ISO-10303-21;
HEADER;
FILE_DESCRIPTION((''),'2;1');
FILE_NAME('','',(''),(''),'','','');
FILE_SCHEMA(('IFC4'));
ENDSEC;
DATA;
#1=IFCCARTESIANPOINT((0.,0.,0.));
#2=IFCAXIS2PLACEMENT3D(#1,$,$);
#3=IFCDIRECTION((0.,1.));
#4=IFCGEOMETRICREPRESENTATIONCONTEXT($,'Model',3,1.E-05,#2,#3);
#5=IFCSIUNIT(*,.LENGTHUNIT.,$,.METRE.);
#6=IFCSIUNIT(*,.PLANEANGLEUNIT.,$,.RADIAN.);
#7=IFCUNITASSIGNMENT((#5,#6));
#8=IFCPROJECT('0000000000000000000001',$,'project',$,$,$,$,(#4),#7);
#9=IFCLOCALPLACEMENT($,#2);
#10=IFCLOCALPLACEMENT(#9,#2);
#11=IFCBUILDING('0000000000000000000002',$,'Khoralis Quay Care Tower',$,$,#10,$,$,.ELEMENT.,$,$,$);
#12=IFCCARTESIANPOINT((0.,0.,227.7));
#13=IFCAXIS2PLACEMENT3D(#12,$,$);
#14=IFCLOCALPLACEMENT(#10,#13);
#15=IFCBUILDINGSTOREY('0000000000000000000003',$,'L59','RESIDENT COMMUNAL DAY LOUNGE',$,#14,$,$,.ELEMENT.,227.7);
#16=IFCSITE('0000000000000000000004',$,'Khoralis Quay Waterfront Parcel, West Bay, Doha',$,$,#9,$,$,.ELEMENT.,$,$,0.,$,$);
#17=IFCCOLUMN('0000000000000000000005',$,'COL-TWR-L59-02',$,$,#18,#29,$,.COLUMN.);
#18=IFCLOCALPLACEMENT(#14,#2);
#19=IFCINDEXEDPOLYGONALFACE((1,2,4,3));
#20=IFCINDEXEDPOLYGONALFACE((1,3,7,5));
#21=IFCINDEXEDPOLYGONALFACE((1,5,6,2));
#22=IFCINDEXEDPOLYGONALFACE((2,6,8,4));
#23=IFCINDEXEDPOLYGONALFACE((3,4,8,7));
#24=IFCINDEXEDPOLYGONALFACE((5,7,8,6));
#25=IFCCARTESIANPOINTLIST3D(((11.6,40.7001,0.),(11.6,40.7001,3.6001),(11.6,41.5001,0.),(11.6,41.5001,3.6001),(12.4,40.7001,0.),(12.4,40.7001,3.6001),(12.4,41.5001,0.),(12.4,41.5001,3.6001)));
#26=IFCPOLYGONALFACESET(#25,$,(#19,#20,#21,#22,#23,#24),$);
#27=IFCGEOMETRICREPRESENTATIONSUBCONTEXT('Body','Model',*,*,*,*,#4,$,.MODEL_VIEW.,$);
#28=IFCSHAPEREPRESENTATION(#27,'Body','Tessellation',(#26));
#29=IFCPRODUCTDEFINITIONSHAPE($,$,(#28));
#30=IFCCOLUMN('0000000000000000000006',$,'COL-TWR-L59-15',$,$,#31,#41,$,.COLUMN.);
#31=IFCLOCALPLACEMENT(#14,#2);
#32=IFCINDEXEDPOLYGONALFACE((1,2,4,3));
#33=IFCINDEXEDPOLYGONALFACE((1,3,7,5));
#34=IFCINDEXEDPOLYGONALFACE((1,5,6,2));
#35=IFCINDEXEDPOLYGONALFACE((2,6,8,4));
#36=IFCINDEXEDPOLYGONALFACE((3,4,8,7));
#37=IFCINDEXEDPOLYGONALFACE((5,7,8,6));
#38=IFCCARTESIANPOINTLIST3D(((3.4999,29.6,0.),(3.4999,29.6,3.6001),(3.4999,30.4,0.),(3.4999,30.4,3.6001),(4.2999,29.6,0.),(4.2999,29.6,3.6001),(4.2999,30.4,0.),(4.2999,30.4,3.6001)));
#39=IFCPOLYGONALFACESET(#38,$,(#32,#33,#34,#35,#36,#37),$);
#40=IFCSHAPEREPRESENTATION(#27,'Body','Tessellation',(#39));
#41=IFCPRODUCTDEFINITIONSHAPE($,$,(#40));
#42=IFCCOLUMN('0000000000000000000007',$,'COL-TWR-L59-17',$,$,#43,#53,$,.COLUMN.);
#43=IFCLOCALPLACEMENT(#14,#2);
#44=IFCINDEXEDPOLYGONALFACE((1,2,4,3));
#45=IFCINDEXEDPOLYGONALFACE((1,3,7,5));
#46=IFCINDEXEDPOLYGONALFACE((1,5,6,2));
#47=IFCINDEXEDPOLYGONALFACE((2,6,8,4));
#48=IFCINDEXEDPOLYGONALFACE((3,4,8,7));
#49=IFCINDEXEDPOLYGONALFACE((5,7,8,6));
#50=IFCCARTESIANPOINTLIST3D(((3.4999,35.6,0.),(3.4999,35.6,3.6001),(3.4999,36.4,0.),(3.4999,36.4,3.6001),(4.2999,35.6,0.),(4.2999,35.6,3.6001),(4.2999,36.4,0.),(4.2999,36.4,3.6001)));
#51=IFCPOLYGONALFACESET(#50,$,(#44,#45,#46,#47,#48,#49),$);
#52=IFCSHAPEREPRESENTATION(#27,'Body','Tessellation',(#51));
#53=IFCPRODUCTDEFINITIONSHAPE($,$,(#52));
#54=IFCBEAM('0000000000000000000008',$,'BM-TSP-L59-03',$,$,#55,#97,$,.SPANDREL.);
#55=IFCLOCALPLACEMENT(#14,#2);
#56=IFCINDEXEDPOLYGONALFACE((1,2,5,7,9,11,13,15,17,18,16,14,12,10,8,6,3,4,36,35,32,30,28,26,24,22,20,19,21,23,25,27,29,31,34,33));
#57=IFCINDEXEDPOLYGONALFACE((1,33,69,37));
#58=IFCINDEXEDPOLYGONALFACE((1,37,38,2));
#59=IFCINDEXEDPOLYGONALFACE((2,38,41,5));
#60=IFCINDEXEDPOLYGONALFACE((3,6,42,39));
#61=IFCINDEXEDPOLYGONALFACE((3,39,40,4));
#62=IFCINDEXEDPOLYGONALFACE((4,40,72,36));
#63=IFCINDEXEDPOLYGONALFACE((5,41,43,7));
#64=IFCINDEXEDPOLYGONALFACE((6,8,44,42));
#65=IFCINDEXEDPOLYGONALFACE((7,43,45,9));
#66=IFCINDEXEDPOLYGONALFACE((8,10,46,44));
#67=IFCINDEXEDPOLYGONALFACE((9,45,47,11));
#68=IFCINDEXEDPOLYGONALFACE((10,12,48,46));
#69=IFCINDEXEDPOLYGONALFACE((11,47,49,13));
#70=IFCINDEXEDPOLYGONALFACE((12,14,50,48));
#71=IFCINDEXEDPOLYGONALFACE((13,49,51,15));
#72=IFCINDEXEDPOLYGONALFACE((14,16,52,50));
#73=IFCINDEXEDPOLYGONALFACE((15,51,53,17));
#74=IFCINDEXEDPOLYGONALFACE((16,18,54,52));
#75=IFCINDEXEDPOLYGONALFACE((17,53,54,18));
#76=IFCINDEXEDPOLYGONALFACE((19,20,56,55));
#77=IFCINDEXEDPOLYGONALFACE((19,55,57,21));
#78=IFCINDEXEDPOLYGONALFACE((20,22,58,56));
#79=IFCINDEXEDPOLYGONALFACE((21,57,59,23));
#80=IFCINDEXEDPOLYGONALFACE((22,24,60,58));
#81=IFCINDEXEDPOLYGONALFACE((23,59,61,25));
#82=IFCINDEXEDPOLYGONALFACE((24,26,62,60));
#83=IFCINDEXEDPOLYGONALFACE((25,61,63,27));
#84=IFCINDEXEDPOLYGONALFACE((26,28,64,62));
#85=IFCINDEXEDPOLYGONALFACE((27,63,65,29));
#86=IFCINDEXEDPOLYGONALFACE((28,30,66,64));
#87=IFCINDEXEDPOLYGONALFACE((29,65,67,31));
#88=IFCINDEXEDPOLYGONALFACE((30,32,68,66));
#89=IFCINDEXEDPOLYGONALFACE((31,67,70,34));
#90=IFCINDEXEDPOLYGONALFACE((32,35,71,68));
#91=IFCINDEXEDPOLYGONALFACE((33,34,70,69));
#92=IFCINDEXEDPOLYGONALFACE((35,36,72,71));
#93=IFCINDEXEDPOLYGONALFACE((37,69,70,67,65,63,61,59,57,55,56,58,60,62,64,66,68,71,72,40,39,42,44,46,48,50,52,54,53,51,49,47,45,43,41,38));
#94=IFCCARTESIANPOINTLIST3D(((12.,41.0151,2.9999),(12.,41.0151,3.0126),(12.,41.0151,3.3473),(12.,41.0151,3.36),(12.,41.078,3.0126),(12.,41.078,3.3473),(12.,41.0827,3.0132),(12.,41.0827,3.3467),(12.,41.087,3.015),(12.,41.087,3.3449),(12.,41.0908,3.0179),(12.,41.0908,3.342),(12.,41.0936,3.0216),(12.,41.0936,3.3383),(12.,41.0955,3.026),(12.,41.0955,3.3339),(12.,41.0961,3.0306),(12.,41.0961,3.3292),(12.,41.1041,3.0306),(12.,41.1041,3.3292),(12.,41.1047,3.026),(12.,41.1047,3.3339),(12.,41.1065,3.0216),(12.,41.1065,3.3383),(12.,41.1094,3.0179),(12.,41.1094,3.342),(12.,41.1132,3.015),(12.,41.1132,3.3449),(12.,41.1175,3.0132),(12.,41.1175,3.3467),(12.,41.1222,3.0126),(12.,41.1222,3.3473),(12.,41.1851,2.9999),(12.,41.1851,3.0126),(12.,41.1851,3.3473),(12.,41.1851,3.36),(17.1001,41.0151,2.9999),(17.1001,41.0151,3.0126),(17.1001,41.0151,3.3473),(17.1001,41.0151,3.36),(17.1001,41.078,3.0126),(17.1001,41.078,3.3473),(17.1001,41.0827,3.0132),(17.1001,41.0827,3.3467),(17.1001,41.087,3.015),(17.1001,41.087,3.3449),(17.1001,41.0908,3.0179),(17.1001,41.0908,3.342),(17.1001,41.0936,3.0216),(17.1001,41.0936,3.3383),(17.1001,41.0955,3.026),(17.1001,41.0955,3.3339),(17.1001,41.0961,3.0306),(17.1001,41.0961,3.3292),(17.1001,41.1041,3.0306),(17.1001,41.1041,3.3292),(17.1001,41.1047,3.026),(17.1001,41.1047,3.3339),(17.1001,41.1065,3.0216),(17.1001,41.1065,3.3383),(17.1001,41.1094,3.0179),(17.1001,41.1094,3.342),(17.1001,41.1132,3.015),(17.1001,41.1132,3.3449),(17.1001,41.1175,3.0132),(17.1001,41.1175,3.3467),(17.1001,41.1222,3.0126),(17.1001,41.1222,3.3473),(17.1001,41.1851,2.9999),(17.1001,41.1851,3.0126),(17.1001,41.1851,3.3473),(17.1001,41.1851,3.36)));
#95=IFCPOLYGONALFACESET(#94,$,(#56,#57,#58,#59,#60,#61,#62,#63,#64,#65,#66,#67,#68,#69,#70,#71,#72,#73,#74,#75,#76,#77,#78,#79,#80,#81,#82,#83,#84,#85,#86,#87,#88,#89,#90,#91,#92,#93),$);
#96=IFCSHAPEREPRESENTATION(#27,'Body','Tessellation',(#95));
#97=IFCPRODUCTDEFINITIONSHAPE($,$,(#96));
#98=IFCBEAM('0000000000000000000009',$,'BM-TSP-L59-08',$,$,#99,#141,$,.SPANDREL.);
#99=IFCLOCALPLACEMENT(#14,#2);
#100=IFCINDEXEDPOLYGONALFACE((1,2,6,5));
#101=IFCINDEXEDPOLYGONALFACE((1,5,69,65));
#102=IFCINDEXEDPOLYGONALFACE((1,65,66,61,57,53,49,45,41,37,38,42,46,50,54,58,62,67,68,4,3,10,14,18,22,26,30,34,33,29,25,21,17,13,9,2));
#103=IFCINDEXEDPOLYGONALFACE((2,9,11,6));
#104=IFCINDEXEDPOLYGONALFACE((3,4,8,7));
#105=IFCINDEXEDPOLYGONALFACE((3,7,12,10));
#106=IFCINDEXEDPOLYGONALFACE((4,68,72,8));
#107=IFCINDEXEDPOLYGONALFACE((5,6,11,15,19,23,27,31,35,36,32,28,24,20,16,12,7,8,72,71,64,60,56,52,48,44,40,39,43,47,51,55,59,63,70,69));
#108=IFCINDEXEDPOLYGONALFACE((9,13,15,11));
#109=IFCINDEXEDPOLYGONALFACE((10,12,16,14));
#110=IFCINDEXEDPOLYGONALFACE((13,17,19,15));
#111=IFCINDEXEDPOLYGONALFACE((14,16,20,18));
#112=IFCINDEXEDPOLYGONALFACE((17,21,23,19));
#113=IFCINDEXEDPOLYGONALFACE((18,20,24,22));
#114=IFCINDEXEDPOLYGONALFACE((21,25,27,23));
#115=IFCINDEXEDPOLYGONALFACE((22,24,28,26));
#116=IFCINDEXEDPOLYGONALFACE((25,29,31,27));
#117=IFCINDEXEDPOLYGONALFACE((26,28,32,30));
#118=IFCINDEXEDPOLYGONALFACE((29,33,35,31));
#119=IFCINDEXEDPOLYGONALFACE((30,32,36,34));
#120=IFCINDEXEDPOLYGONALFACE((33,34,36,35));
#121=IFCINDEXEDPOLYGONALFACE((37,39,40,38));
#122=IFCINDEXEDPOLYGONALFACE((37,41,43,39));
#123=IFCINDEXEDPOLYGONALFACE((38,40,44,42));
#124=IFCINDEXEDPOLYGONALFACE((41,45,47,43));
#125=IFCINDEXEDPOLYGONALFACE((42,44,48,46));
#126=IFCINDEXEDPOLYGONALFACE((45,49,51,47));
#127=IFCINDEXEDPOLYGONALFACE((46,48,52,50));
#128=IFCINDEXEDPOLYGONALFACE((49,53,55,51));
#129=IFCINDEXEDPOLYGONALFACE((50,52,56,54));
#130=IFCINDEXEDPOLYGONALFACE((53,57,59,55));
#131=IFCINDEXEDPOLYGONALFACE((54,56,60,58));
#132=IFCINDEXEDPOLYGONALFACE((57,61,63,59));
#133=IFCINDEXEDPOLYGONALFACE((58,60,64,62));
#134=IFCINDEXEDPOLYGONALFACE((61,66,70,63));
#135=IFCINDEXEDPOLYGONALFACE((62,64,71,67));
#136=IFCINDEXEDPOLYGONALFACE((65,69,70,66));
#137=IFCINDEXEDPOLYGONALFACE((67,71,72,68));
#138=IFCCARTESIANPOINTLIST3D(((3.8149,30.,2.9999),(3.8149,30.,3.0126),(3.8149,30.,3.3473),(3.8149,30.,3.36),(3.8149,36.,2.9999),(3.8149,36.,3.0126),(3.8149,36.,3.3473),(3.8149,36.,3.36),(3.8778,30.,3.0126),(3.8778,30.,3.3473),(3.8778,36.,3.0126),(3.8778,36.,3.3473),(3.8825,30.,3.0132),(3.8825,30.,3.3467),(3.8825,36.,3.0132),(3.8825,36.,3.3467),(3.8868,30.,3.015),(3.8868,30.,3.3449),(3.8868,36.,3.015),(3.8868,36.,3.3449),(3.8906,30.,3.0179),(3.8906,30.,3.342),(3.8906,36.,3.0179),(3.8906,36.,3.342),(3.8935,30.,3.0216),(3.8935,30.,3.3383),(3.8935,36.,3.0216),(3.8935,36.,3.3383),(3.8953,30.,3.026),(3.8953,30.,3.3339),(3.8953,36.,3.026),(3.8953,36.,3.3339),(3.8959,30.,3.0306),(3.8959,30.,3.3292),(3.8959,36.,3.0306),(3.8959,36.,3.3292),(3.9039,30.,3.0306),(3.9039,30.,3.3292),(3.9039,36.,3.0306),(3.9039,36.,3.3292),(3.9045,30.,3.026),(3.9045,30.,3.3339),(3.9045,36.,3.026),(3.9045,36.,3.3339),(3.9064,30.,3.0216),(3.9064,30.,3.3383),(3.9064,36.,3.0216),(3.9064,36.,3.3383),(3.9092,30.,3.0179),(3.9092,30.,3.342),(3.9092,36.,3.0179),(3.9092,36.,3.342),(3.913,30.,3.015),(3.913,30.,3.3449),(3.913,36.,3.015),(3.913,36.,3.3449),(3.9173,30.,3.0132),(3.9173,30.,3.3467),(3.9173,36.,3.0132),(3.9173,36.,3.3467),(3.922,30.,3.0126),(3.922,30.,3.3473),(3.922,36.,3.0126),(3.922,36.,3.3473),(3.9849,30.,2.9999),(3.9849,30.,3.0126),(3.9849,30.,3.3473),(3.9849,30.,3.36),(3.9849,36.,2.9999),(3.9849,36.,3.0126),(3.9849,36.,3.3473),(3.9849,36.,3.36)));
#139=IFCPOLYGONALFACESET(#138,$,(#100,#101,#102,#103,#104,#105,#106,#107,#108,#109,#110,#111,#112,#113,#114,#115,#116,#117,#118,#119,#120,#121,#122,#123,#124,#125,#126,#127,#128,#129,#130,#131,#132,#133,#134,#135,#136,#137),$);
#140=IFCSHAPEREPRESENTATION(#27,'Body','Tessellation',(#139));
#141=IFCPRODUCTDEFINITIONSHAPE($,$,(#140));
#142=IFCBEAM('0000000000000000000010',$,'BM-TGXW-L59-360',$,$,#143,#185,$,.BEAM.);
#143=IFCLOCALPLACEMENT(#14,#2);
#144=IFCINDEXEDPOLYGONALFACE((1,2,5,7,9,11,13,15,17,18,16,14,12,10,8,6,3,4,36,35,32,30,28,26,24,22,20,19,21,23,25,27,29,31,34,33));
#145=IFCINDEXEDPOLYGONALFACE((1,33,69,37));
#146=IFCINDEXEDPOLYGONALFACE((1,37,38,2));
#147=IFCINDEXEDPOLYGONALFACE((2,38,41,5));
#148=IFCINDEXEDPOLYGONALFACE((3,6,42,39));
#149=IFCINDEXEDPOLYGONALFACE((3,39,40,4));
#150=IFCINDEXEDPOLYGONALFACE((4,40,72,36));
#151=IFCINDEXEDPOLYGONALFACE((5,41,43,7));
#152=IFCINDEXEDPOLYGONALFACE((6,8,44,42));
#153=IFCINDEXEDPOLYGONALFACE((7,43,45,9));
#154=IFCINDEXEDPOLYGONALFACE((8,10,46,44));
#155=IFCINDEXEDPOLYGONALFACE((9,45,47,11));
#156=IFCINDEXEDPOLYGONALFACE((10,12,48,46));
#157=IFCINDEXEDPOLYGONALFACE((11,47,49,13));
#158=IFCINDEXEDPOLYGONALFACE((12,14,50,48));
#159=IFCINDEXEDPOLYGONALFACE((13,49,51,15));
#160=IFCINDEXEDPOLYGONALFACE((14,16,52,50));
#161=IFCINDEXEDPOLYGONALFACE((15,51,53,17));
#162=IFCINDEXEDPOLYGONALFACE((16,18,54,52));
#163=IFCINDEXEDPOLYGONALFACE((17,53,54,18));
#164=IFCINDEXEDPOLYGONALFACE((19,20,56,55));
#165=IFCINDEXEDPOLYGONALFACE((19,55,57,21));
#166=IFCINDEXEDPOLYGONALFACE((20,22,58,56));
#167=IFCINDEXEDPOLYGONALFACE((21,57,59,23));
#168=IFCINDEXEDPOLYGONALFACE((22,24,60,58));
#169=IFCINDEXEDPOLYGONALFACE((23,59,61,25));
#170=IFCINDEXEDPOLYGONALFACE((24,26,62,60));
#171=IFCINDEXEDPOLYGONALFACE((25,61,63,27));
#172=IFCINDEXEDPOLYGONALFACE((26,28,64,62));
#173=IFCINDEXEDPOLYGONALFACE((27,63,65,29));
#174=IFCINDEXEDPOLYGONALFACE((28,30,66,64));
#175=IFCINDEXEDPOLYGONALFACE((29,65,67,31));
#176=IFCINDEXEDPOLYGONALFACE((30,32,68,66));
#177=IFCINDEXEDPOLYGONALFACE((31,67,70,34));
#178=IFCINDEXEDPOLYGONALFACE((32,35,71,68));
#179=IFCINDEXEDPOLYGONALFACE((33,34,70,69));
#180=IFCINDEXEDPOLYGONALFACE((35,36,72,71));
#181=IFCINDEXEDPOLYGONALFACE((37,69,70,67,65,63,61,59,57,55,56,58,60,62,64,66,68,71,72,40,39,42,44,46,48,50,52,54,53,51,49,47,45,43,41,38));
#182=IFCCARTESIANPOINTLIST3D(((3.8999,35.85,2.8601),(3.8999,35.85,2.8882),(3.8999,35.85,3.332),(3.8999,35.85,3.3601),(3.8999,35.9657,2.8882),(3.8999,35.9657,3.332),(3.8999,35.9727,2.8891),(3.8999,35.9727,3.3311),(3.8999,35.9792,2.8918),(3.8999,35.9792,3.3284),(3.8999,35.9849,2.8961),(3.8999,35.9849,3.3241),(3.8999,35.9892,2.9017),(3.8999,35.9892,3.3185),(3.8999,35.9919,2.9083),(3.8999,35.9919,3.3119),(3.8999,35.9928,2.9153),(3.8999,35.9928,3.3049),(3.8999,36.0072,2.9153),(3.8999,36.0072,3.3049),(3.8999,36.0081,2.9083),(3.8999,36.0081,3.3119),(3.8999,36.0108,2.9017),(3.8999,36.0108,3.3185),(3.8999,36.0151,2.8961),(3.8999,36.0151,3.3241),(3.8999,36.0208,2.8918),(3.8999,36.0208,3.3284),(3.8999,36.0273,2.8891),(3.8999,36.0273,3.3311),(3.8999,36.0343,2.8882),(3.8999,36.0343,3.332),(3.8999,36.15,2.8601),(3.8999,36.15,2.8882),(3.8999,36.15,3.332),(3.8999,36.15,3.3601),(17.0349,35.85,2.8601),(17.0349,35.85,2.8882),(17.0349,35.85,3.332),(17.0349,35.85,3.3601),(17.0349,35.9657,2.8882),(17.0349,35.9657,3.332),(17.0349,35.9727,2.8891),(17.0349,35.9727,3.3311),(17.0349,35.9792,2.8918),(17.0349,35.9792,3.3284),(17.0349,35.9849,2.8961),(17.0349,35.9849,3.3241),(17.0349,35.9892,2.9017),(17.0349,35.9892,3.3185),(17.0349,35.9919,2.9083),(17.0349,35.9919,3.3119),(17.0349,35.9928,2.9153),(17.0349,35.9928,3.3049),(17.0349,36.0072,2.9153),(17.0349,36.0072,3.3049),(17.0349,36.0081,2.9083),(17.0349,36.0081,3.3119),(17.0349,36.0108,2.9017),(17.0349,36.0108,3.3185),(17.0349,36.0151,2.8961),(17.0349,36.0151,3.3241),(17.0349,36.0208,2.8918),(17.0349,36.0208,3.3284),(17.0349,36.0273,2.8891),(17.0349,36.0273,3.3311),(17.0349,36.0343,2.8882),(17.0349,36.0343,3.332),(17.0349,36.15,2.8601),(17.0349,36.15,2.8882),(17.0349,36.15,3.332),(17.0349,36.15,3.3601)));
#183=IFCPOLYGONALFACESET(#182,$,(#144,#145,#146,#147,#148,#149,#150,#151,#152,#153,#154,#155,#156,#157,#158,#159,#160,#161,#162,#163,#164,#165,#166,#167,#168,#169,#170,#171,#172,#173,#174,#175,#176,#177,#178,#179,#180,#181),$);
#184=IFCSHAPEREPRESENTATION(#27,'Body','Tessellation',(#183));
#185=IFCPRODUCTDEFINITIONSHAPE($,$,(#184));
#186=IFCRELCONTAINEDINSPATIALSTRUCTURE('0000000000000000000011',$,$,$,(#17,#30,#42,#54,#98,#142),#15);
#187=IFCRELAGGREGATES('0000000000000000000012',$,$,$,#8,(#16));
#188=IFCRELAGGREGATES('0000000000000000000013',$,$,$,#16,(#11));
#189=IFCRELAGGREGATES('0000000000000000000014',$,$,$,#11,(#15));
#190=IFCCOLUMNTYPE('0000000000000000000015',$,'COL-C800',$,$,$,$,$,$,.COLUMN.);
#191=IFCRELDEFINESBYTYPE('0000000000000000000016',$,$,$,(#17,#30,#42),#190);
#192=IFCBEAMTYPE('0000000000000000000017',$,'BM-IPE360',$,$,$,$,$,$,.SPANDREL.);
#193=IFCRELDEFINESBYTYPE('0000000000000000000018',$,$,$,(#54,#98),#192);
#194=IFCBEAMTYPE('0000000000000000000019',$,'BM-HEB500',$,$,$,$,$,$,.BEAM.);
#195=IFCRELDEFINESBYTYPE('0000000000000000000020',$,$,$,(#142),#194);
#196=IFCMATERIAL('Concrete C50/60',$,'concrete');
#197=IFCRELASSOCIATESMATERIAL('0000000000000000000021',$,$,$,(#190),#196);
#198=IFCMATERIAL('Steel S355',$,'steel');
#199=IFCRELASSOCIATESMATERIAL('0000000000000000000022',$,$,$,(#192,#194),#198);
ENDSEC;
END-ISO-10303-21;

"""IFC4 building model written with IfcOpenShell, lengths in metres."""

from ifc_helpers import new_model, si_unit, direction, frame, origin, origin_2d, place, context, subcontext, project, spatial, rectangle, i_section, extrude, source, transform, mapped, material, material_profile, profile_set, type_object, element, save


model = new_model("IFC4")

# Units and contexts
model_context = context("Model", 3, precision=1e-05, world=origin(), true_north=direction((0.0, 1.0)))
body_context = subcontext(model_context, "Body", "Model", "MODEL_VIEW")
ifc_project = project(units=[si_unit("LENGTHUNIT", "METRE"), si_unit("PLANEANGLEUNIT", "RADIAN")], contexts=[model_context])

# Site, building, storey
site_placement = place(None, origin())
site = spatial("IfcSite", under=ifc_project, at=site_placement, Name="Khoralis Quay Waterfront Parcel, West Bay, Doha", CompositionType="ELEMENT", RefElevation=0.0)
building_placement = place(site_placement, origin())
building = spatial("IfcBuilding", under=site, at=building_placement, Name="Khoralis Quay Care Tower", CompositionType="ELEMENT")
storey_placement = place(building_placement, frame((0.0, 0.0, 227.7)))
storey = spatial("IfcBuildingStorey", under=building, at=storey_placement, Name="L59", Description="RESIDENT COMMUNAL DAY LOUNGE", CompositionType="ELEMENT", Elevation=227.7)

# Columns
ifc_material_1 = material(Name="Concrete C50/60", Category="concrete")
ifc_material_profile_1 = material_profile(ifc_material_1, rectangle(XDim=0.8, YDim=0.8, at=origin_2d()), Name="Concrete C50/60")
ifc_profile_set_1 = profile_set([ifc_material_profile_1], Name="Concrete C50/60")
column_type = type_object("IfcColumnType", Name="COL-C800", PredefinedType="COLUMN", material=ifc_profile_set_1)
shared_shape_1 = source(origin(), body_context, "Body", "SweptSolid", [
    extrude(rectangle(XDim=0.8, YDim=0.8, at=origin_2d()), origin(), (0.0, 0.0, 1.0), 3.6001),
])
for number, where, z_axis, x_axis, name in (
    (1, (12.0, 41.1001, 0.0), (0.0, 0.0, 1.0), (1.0, 0.0, 0.0), "COL-TWR-L59-02"),
    (2, (3.8999, 30.0, 0.0), (0.0, 0.0, 1.0), (1.0, 0.0, 0.0), "COL-TWR-L59-15"),
    (3, (3.8999, 36.0, 0.0), (0.0, 0.0, 1.0), (1.0, 0.0, 0.0), "COL-TWR-L59-17"),
):
    element("IfcColumn", number, at=place(storey_placement, frame(where, z_axis=z_axis, x_axis=x_axis)), inside=storey, type_object=column_type, Name=name, PredefinedType="COLUMN", context=body_context, shape_type="MappedRepresentation", body=[
        mapped(shared_shape_1, transform((0.0, 0.0, 0.0), scale=1.0)),
    ])

# Beams
ifc_material_2 = material(Name="Steel S355", Category="steel")
ifc_material_profile_2 = material_profile(ifc_material_2, i_section(OverallWidth=0.1699, OverallDepth=0.3601, WebThickness=0.0081, FlangeThickness=0.0127, FilletRadius=0.0181, at=origin_2d()), Name="Steel S355")
ifc_profile_set_2 = profile_set([ifc_material_profile_2], Name="Steel S355")
beam_type_1 = type_object("IfcBeamType", Name="BM-IPE360", PredefinedType="SPANDREL", material=ifc_profile_set_2)
shared_shape_2 = source(origin(), body_context, "Body", "SweptSolid", [
    extrude(i_section(OverallWidth=0.1699, OverallDepth=0.3601, WebThickness=0.0081, FlangeThickness=0.0127, FilletRadius=0.0181, at=origin_2d()), origin(), (0.0, 0.0, 1.0), 5.1001),
])
beam_1_placement = place(storey_placement, frame((12.0, 41.1001, 3.1799), z_axis=(1.0, 0.0, 0.0), x_axis=(0.0, 1.0, 0.0)))
element("IfcBeam", 4, at=beam_1_placement, inside=storey, type_object=beam_type_1, Name="BM-TSP-L59-03", PredefinedType="SPANDREL", context=body_context, shape_type="MappedRepresentation", body=[
    mapped(shared_shape_2, transform((0.0, 0.0, 0.0), scale=1.0)),
])
shared_shape_3 = source(origin(), body_context, "Body", "SweptSolid", [
    extrude(i_section(OverallWidth=0.1699, OverallDepth=0.3601, WebThickness=0.0081, FlangeThickness=0.0127, FilletRadius=0.0181, at=origin_2d()), origin(), (0.0, 0.0, 1.0), 6.0),
])
beam_2_placement = place(storey_placement, frame((3.8999, 30.0, 3.1799), z_axis=(0.0, 1.0, 0.0), x_axis=(-1.0, 0.0, 0.0)))
element("IfcBeam", 5, at=beam_2_placement, inside=storey, type_object=beam_type_1, Name="BM-TSP-L59-08", PredefinedType="SPANDREL", context=body_context, shape_type="MappedRepresentation", body=[
    mapped(shared_shape_3, transform((0.0, 0.0, 0.0), scale=1.0)),
])
ifc_material_profile_3 = material_profile(ifc_material_2, i_section(OverallWidth=0.3, OverallDepth=0.5, WebThickness=0.0144, FlangeThickness=0.0281, FilletRadius=0.0271, at=origin_2d()), Name="Steel S355")
ifc_profile_set_3 = profile_set([ifc_material_profile_3], Name="Steel S355")
beam_type_2 = type_object("IfcBeamType", Name="BM-HEB500", PredefinedType="BEAM", material=ifc_profile_set_3)
shared_shape_4 = source(origin(), body_context, "Body", "SweptSolid", [
    extrude(i_section(OverallWidth=0.3, OverallDepth=0.5, WebThickness=0.0144, FlangeThickness=0.0281, FilletRadius=0.0271, at=origin_2d()), origin(), (0.0, 0.0, 1.0), 13.135),
])
beam_3_placement = place(storey_placement, frame((3.8999, 36.0, 3.1101), z_axis=(1.0, 0.0, 0.0), x_axis=(0.0, 1.0, 0.0)))
element("IfcBeam", 6, at=beam_3_placement, inside=storey, type_object=beam_type_2, Name="BM-TGXW-L59-360", PredefinedType="BEAM", context=body_context, shape_type="MappedRepresentation", body=[
    mapped(shared_shape_4, transform((0.0, 0.0, 0.0), scale=1.0)),
])

save(model, "model.ifc")
